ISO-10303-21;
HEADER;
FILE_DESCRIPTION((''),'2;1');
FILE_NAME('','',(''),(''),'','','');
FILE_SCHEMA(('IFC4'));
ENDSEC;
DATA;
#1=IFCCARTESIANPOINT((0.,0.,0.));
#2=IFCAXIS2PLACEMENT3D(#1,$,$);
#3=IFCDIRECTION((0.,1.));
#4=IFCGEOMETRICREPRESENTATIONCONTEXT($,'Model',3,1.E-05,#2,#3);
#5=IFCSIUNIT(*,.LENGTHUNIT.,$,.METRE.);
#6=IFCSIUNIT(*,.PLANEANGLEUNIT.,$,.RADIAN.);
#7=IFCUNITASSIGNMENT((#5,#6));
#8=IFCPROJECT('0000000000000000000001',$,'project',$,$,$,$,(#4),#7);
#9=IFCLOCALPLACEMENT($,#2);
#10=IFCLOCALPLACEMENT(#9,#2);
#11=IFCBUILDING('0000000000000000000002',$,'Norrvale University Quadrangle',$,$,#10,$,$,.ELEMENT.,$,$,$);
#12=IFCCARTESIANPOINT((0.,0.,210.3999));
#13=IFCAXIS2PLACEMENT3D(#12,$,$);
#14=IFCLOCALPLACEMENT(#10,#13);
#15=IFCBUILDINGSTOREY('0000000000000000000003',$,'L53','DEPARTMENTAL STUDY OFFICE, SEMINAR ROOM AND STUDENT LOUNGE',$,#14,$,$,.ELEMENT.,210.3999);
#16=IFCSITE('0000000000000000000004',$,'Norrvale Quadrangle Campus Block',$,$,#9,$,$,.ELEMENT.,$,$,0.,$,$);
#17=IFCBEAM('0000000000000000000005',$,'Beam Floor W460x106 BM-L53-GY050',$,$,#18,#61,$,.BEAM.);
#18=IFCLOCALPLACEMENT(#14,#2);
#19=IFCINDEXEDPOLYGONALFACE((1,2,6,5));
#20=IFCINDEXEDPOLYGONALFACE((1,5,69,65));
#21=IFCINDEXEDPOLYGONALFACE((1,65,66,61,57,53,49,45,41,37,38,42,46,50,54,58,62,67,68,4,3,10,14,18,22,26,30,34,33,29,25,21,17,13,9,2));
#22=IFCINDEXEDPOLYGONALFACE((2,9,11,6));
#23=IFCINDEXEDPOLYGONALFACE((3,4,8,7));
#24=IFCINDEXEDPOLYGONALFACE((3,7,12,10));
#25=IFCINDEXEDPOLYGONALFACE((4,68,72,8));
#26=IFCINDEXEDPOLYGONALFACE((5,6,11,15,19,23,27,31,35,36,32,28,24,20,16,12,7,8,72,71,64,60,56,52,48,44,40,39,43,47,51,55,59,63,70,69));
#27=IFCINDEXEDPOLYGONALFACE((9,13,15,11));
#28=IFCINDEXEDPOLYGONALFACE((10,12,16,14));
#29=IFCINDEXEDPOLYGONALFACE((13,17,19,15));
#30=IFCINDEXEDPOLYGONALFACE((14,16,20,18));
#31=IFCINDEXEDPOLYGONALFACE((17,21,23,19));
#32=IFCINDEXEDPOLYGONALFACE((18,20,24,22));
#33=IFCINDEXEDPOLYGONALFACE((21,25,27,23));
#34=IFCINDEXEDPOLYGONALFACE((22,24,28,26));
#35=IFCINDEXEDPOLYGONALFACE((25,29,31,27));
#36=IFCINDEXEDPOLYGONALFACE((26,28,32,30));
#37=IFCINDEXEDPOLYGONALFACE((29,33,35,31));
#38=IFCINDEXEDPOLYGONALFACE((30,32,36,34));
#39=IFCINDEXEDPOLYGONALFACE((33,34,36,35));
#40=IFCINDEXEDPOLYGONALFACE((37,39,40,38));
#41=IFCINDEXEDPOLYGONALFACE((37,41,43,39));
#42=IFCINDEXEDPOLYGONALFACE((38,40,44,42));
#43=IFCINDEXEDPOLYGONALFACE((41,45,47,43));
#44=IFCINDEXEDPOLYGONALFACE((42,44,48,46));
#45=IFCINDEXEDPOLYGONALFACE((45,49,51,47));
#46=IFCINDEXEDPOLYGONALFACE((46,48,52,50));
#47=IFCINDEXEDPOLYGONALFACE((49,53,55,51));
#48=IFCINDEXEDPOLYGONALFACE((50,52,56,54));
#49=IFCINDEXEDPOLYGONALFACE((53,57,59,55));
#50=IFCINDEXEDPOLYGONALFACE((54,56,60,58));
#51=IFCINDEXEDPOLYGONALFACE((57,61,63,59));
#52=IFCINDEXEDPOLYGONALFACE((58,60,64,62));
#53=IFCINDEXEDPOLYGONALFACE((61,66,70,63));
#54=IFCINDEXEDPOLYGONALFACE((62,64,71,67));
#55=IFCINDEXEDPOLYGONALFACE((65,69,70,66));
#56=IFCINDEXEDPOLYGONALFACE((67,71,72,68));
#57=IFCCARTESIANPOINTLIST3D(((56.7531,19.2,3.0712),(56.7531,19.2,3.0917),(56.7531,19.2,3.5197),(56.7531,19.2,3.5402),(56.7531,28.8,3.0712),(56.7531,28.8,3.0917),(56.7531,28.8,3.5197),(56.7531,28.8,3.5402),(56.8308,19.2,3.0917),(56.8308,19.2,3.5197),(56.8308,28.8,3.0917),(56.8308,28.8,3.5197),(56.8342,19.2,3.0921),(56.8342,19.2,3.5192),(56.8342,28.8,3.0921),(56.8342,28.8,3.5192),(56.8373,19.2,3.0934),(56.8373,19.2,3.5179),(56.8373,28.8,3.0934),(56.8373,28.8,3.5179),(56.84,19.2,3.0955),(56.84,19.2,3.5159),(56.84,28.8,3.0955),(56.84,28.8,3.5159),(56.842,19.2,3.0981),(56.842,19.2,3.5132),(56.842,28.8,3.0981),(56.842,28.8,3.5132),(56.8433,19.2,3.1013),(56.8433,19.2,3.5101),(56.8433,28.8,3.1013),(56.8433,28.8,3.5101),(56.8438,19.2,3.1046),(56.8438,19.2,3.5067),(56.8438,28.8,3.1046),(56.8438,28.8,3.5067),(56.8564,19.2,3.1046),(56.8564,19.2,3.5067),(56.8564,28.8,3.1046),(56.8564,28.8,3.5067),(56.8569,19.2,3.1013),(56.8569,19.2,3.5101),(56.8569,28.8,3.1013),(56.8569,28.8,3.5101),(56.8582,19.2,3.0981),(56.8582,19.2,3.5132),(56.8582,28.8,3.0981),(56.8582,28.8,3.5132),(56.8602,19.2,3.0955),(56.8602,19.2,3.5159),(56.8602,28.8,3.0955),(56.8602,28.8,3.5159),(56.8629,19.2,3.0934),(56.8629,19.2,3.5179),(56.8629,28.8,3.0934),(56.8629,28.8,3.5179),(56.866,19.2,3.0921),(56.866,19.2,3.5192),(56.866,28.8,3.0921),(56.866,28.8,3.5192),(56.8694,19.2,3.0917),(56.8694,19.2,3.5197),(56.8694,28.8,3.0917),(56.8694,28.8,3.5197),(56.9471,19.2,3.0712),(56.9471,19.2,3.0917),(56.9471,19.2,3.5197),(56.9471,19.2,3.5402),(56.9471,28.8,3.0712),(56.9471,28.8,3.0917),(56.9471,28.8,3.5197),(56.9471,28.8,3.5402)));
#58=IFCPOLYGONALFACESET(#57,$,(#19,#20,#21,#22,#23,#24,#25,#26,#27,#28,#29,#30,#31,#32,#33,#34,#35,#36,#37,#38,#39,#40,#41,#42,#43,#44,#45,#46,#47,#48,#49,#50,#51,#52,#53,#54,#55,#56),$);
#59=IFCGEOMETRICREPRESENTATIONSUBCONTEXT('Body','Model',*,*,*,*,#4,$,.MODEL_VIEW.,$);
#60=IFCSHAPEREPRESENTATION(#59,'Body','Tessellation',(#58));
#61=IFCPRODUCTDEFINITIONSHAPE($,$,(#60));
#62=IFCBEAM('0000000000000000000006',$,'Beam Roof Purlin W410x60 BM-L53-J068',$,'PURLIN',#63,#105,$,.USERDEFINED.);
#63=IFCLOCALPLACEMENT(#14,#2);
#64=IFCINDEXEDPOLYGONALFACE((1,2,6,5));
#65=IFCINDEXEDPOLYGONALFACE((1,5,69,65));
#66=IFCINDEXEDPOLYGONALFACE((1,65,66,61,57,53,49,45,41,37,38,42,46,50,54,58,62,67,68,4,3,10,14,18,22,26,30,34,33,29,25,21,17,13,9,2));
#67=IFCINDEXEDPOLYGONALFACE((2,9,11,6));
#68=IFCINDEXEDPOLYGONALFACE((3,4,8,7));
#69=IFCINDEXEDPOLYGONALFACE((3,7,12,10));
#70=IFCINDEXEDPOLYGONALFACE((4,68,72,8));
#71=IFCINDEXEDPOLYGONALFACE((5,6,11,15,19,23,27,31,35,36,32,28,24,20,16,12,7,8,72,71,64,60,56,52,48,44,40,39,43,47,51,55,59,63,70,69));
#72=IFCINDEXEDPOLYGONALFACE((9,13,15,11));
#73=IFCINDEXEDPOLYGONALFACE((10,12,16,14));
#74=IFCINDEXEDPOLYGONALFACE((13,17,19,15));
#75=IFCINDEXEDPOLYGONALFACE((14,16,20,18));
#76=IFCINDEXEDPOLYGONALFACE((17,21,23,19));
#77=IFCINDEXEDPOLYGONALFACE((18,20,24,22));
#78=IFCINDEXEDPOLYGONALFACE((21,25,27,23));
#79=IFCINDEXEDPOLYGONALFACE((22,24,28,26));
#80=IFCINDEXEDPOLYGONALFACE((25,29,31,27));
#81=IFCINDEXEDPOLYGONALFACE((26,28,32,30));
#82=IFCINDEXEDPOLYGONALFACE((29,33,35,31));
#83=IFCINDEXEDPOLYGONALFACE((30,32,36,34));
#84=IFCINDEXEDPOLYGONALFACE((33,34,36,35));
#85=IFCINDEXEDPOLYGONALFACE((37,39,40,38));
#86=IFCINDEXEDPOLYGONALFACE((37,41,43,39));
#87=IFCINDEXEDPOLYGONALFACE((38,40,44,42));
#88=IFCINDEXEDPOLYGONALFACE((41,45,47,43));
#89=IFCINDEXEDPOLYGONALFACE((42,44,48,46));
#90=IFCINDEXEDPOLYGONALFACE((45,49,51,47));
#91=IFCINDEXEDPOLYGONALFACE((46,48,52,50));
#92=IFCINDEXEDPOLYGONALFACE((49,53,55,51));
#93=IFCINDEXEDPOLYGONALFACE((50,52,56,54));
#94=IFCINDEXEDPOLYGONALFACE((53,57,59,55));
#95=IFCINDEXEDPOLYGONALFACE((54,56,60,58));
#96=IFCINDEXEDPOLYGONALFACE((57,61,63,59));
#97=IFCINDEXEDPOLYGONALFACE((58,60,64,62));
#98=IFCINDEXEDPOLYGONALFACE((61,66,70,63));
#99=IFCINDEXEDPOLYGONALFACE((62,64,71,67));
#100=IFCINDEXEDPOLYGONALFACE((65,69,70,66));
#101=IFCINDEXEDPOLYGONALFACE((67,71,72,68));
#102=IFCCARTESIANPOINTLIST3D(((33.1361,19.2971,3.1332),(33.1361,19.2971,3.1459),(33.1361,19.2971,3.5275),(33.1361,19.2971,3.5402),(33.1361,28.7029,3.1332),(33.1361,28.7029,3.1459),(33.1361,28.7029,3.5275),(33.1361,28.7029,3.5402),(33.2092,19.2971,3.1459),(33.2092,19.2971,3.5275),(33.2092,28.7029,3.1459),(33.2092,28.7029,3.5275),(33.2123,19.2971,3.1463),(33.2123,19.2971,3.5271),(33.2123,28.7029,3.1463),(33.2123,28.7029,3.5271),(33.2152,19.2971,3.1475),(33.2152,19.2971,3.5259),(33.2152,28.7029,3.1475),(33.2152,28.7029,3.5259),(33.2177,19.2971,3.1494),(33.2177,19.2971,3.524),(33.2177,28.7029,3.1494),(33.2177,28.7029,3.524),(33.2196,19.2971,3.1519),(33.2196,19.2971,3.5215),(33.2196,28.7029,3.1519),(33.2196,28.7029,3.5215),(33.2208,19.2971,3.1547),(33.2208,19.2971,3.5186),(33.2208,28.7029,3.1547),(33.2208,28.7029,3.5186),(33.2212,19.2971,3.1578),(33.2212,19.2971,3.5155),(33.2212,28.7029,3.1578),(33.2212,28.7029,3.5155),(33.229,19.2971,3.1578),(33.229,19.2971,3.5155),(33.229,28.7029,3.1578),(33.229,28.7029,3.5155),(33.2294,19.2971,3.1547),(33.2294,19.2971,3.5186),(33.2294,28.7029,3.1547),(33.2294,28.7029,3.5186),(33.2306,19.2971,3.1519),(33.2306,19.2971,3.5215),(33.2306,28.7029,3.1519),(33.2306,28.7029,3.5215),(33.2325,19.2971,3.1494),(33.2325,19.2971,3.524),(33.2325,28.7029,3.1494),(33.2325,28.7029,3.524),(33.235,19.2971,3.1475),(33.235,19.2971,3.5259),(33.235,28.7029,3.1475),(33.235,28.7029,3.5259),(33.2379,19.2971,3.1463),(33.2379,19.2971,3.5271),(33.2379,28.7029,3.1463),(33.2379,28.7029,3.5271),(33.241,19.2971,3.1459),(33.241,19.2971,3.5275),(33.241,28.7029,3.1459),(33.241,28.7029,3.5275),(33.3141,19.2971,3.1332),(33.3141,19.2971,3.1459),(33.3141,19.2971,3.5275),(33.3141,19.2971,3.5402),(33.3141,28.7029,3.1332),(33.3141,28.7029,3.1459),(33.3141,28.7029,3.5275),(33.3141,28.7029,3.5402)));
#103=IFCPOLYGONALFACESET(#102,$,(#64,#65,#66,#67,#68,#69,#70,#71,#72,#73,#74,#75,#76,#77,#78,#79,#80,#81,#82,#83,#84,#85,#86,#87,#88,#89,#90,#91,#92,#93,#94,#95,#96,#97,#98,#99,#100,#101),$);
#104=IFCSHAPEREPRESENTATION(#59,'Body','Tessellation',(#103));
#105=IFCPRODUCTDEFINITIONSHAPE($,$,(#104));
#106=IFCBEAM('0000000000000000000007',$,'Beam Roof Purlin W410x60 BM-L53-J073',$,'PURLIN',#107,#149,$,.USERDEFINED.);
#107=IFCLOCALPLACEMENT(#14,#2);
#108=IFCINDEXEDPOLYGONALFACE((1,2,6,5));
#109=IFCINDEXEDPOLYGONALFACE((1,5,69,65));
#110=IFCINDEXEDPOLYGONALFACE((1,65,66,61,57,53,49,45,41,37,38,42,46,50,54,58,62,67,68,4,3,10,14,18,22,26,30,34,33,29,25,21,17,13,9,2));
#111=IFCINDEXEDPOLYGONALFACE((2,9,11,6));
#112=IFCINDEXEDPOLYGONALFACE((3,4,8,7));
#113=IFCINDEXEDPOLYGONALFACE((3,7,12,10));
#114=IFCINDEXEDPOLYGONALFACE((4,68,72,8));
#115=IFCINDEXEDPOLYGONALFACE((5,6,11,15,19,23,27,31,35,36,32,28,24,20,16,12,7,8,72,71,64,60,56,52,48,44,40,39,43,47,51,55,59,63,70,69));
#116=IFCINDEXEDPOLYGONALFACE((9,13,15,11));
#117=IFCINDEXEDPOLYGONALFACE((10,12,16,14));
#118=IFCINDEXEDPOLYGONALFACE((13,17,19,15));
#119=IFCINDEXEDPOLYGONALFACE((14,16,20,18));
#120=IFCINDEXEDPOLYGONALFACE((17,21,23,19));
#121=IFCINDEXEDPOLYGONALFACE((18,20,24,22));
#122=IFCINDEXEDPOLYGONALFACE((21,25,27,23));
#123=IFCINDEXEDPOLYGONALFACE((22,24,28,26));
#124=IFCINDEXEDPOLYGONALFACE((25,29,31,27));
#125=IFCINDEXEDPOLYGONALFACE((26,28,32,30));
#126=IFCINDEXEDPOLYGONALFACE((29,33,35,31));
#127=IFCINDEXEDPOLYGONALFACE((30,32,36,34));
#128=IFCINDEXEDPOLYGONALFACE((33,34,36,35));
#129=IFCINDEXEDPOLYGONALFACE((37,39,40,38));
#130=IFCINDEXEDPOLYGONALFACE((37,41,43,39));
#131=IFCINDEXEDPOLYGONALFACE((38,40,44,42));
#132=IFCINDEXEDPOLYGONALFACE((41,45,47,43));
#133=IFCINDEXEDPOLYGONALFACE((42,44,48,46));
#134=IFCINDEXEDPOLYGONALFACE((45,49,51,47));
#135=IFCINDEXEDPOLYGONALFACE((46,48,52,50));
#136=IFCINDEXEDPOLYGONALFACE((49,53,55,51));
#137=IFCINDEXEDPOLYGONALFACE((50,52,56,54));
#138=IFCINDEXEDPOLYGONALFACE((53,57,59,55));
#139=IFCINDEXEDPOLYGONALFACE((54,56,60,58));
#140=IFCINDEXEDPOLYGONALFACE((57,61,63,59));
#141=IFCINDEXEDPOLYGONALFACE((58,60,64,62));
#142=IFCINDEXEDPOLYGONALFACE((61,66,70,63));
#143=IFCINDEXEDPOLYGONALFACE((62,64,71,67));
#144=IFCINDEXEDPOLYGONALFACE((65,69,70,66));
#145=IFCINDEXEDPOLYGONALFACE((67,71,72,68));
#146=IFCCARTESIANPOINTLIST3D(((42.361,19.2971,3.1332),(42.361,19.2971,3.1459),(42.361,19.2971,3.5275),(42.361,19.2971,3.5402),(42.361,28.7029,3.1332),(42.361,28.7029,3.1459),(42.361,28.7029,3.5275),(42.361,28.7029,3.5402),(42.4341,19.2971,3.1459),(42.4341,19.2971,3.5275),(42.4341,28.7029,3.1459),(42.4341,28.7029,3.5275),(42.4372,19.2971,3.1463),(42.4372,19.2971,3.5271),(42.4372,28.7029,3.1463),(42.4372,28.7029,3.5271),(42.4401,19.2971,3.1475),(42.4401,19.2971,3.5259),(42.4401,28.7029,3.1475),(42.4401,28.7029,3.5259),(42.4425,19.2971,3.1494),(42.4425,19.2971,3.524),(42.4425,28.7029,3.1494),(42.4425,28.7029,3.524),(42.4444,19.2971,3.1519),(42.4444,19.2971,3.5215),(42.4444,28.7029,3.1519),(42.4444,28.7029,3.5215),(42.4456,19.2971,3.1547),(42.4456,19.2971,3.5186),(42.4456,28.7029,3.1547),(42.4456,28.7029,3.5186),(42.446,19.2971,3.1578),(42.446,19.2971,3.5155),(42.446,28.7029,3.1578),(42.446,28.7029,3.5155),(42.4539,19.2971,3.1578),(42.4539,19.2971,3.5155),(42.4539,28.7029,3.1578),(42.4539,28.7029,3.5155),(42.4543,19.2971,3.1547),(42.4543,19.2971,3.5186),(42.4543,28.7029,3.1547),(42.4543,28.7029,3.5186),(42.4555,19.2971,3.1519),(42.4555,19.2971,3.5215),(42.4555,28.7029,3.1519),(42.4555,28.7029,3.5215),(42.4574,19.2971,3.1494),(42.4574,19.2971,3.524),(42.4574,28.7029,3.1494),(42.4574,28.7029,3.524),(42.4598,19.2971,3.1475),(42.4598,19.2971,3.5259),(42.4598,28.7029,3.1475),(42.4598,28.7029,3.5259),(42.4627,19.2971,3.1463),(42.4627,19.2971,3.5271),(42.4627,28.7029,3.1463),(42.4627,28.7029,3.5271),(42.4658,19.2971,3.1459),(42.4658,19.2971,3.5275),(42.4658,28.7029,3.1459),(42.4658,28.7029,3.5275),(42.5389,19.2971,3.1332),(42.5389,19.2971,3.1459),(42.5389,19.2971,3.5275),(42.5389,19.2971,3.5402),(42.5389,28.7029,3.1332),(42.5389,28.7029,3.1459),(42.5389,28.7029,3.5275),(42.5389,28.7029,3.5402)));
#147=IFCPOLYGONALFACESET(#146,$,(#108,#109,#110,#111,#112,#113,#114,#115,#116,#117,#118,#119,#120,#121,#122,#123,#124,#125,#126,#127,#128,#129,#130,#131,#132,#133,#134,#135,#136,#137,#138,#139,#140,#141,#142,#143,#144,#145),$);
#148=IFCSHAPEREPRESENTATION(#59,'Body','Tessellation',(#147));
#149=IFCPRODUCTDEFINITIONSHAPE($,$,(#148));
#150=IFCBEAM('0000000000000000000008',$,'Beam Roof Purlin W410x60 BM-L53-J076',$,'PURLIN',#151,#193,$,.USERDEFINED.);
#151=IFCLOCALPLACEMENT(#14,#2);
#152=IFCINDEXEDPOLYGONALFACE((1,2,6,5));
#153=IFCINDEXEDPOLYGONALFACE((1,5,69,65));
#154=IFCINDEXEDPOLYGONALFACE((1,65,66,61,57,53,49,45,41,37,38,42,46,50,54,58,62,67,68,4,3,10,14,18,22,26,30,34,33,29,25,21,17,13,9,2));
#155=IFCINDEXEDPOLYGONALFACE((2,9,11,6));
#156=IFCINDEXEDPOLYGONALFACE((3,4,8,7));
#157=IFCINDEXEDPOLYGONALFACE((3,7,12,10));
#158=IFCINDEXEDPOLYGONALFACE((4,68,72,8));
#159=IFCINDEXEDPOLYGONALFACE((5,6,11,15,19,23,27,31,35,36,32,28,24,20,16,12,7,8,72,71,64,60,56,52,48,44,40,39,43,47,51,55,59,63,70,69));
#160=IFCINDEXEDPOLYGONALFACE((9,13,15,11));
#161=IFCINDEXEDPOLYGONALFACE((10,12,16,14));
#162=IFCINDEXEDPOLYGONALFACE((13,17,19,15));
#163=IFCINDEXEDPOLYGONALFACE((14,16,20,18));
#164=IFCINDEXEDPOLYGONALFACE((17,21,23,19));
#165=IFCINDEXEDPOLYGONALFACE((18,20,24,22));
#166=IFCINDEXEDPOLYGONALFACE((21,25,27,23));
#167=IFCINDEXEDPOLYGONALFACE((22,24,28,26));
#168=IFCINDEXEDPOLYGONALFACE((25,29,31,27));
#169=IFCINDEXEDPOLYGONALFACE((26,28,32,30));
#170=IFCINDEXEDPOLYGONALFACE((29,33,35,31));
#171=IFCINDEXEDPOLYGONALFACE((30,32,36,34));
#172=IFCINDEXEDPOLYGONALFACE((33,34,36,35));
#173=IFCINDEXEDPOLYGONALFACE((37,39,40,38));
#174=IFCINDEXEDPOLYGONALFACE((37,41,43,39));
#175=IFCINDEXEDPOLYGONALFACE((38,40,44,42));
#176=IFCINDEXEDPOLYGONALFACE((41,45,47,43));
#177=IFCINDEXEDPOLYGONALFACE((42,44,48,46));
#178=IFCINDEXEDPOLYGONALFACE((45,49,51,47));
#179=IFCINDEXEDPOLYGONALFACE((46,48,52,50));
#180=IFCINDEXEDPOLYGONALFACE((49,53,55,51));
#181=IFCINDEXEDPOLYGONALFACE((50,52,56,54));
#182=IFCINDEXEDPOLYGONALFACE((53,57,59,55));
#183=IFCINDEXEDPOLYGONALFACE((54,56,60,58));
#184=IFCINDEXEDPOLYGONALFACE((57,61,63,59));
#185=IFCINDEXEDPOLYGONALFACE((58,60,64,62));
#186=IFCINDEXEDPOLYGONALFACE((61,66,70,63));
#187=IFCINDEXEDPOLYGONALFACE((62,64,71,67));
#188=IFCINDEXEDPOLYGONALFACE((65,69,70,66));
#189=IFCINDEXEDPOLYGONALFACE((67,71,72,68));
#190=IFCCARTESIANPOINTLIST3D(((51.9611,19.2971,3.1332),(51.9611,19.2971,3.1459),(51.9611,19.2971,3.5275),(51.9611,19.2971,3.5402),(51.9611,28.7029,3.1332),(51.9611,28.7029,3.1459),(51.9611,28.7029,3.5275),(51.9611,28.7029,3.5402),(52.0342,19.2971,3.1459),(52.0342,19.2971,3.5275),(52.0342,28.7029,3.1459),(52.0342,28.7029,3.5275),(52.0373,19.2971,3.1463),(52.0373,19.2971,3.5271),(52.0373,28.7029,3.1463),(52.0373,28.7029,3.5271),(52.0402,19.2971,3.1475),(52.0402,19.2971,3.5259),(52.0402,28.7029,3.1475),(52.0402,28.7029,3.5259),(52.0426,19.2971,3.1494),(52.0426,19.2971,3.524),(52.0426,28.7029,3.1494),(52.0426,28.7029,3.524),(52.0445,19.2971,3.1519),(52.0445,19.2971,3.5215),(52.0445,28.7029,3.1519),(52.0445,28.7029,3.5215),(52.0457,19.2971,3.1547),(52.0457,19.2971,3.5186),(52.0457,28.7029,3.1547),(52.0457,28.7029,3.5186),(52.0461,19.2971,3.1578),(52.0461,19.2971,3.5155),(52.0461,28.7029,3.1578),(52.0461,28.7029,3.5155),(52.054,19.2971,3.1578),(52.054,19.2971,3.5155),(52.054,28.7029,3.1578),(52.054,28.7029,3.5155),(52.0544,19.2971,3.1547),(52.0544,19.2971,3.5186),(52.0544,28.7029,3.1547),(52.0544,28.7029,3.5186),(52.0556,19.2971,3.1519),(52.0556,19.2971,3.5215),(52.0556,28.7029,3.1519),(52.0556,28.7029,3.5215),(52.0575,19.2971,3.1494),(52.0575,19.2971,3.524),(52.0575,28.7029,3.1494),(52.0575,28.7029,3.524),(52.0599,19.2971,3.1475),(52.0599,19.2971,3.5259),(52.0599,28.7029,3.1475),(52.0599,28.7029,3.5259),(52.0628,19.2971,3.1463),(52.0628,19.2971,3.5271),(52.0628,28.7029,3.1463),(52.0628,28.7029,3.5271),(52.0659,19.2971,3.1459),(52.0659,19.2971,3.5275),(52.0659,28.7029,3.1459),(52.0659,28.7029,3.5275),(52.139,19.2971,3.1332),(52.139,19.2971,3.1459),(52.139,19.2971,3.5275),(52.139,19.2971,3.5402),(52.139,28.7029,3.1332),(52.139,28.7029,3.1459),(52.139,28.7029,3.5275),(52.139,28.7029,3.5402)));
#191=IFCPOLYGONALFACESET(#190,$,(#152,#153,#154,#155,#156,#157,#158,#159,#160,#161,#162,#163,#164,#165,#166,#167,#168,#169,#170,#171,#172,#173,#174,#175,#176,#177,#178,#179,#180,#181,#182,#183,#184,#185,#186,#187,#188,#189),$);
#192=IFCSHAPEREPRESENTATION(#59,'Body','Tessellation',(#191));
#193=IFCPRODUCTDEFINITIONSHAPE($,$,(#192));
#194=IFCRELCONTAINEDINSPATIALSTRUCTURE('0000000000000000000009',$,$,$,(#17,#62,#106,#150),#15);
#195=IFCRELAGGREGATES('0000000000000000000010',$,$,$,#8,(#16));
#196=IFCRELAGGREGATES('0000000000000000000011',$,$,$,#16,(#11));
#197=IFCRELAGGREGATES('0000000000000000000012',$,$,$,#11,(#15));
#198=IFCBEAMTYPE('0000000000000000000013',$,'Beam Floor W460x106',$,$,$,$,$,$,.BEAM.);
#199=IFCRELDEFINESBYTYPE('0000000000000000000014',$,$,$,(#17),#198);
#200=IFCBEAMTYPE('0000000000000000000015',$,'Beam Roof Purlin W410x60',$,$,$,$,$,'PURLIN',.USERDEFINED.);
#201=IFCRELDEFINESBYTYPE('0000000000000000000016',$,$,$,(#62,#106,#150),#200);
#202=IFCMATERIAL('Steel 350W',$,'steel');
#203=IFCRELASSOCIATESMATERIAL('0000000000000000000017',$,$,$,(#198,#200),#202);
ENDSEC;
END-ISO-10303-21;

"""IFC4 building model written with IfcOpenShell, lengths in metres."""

from ifc_helpers import new_model, si_unit, direction, frame, origin, origin_2d, place, context, subcontext, project, spatial, i_section, extrude, material, material_profile, profile_set, type_object, element, save


model = new_model("IFC4")

# Units and contexts
model_context = context("Model", 3, precision=1e-05, world=origin(), true_north=direction((0.0, 1.0)))
body_context = subcontext(model_context, "Body", "Model", "MODEL_VIEW")
ifc_project = project(units=[si_unit("LENGTHUNIT", "METRE"), si_unit("PLANEANGLEUNIT", "RADIAN")], contexts=[model_context])

# Site, building, storey
site_placement = place(None, origin())
site = spatial("IfcSite", under=ifc_project, at=site_placement, Name="Norrvale Quadrangle Campus Block", CompositionType="ELEMENT", RefElevation=0.0)
building_placement = place(site_placement, origin())
building = spatial("IfcBuilding", under=site, at=building_placement, Name="Norrvale University Quadrangle", CompositionType="ELEMENT")
storey_placement = place(building_placement, frame((0.0, 0.0, 210.3999)))
storey = spatial("IfcBuildingStorey", under=building, at=storey_placement, Name="L53", Description="DEPARTMENTAL STUDY OFFICE, SEMINAR ROOM AND STUDENT LOUNGE", CompositionType="ELEMENT", Elevation=210.3999)

# Beams
ifc_material_1 = material(Name="Steel 350W", Category="steel")
ifc_material_profile_1 = material_profile(ifc_material_1, i_section(OverallWidth=0.1941, OverallDepth=0.469, WebThickness=0.0127, FlangeThickness=0.0205, FilletRadius=0.0129, at=origin_2d()), Name="Steel 350W")
ifc_profile_set_1 = profile_set([ifc_material_profile_1], Name="Steel 350W")
beam_type_1 = type_object("IfcBeamType", Name="Beam Floor W460x106", PredefinedType="BEAM", material=ifc_profile_set_1)
beam_1_placement = place(storey_placement, frame((56.8501, 19.2, 3.3057), z_axis=(0.0, 1.0, 0.0), x_axis=(-1.0, 0.0, 0.0)))
element("IfcBeam", 1, at=beam_1_placement, inside=storey, type_object=beam_type_1, Name="Beam Floor W460x106 BM-L53-GY050", PredefinedType="BEAM", context=body_context, shape_type="SweptSolid", body=[
    extrude(i_section(OverallWidth=0.1941, OverallDepth=0.469, WebThickness=0.0127, FlangeThickness=0.0205, FilletRadius=0.0129, at=origin_2d()), origin(), (0.0, 0.0, 1.0), 9.6001),
])
ifc_material_profile_2 = material_profile(ifc_material_1, i_section(OverallWidth=0.178, OverallDepth=0.407, WebThickness=0.0078, FlangeThickness=0.0127, FilletRadius=0.012, at=origin_2d()), Name="Steel 350W")
ifc_profile_set_2 = profile_set([ifc_material_profile_2], Name="Steel 350W")
beam_type_2 = type_object("IfcBeamType", Name="Beam Roof Purlin W410x60", ElementType="PURLIN", PredefinedType="USERDEFINED", material=ifc_profile_set_2)
for number, where, z_axis, x_axis, name in (
    (2, (33.2251, 19.2971, 3.3367), (0.0, 1.0, 0.0), (-1.0, 0.0, 0.0), "Beam Roof Purlin W410x60 BM-L53-J068"),
    (3, (42.45, 19.2971, 3.3367), (0.0, 1.0, 0.0), (-1.0, 0.0, 0.0), "Beam Roof Purlin W410x60 BM-L53-J073"),
    (4, (52.05, 19.2971, 3.3367), (0.0, 1.0, 0.0), (-1.0, 0.0, 0.0), "Beam Roof Purlin W410x60 BM-L53-J076"),
):
    element("IfcBeam", number, at=place(storey_placement, frame(where, z_axis=z_axis, x_axis=x_axis)), inside=storey, type_object=beam_type_2, Name=name, ObjectType="PURLIN", PredefinedType="USERDEFINED", context=body_context, shape_type="SweptSolid", body=[
        extrude(i_section(OverallWidth=0.178, OverallDepth=0.407, WebThickness=0.0078, FlangeThickness=0.0127, FilletRadius=0.012, at=origin_2d()), origin(), (0.0, 0.0, 1.0), 9.4058),
    ])

save(model, "model.ifc")
